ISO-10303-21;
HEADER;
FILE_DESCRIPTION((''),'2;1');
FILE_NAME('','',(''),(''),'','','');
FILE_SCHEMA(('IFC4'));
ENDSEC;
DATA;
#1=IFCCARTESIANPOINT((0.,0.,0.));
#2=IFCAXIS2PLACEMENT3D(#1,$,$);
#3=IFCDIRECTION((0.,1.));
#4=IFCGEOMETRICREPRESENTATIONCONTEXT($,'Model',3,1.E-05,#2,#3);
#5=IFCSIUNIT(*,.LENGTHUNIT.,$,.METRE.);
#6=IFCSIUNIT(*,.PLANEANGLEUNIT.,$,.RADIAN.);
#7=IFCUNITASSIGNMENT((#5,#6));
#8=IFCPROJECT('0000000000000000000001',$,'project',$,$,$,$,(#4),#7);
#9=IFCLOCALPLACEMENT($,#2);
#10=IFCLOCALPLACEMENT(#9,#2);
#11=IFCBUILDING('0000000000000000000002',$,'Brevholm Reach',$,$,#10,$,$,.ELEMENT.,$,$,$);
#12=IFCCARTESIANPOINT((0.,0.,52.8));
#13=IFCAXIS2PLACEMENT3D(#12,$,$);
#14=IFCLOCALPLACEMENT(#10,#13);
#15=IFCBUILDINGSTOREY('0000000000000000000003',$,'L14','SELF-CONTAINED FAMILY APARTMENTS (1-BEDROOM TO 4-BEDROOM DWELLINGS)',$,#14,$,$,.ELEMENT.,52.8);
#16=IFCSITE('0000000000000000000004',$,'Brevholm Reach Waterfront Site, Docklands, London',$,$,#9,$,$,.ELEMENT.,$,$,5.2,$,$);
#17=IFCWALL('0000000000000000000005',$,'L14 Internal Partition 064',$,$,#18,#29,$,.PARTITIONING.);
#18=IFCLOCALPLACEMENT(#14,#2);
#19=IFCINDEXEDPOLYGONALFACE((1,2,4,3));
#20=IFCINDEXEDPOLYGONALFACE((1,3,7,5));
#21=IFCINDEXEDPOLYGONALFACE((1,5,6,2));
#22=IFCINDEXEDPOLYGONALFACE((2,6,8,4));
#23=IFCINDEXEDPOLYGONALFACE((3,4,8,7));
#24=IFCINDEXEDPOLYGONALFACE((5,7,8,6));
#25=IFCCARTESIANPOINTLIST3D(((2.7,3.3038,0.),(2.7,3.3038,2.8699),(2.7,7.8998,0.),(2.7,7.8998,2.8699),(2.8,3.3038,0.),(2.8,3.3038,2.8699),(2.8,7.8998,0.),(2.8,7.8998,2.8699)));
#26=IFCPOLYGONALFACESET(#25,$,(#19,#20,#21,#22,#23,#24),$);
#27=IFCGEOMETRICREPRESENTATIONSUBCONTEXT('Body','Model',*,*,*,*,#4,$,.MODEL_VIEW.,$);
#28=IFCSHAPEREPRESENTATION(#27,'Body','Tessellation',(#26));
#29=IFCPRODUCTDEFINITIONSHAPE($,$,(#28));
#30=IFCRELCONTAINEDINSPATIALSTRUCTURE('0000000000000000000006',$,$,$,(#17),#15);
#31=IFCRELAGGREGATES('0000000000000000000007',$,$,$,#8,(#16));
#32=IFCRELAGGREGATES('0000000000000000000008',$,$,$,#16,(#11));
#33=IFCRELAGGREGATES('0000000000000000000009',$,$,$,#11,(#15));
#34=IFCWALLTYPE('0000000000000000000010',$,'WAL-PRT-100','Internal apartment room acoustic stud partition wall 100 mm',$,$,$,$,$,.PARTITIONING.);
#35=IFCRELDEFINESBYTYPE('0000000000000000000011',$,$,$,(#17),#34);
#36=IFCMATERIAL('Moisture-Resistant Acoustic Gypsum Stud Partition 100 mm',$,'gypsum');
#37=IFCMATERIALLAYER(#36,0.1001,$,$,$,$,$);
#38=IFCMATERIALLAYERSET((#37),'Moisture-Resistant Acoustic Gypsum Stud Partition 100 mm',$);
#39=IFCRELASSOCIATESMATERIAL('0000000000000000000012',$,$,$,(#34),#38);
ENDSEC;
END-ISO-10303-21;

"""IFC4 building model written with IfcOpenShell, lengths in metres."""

from ifc_helpers import new_model, si_unit, direction, frame, frame_2d, origin, place, context, subcontext, project, spatial, rectangle, extrude, material, layer, layer_set, type_object, element, save


model = new_model("IFC4")

# Units and contexts
model_context = context("Model", 3, precision=1e-05, world=origin(), true_north=direction((0.0, 1.0)))
body_context = subcontext(model_context, "Body", "Model", "MODEL_VIEW")
ifc_project = project(units=[si_unit("LENGTHUNIT", "METRE"), si_unit("PLANEANGLEUNIT", "RADIAN")], contexts=[model_context])

# Site, building, storey
site_placement = place(None, origin())
site = spatial("IfcSite", under=ifc_project, at=site_placement, Name="Brevholm Reach Waterfront Site, Docklands, London", CompositionType="ELEMENT", RefElevation=5.2)
building_placement = place(site_placement, origin())
building = spatial("IfcBuilding", under=site, at=building_placement, Name="Brevholm Reach", CompositionType="ELEMENT")
storey_placement = place(building_placement, frame((0.0, 0.0, 52.8)))
storey = spatial("IfcBuildingStorey", under=building, at=storey_placement, Name="L14", Description="SELF-CONTAINED FAMILY APARTMENTS (1-BEDROOM TO 4-BEDROOM DWELLINGS)", CompositionType="ELEMENT", Elevation=52.8)

# Shared definitions
ifc_material_1 = material(Name="Moisture-Resistant Acoustic Gypsum Stud Partition 100 mm", Category="gypsum")
ifc_layer_1 = layer(ifc_material_1, 0.1001)
ifc_layer_set_1 = layer_set([ifc_layer_1], Name="Moisture-Resistant Acoustic Gypsum Stud Partition 100 mm")
wall_type_1 = type_object("IfcWallType", Name="WAL-PRT-100", Description="Internal apartment room acoustic stud partition wall 100 mm", PredefinedType="PARTITIONING", material=ifc_layer_set_1)

# Wall
wall_1_placement = place(storey_placement, frame((2.75, 3.304, 0.0), z_axis=(0.0, 0.0, 1.0), x_axis=(0.0, 1.0, 0.0)))
element("IfcWall", 1, at=wall_1_placement, inside=storey, type_object=wall_type_1, Name="L14 Internal Partition 064", PredefinedType="PARTITIONING", context=body_context, shape_type="SweptSolid", body=[
    extrude(rectangle(XDim=4.5959, YDim=0.1001, at=frame_2d((2.2979, 0.0))), origin(), (0.0, 0.0, 1.0), 2.8699),
])

save(model, "model.ifc")
